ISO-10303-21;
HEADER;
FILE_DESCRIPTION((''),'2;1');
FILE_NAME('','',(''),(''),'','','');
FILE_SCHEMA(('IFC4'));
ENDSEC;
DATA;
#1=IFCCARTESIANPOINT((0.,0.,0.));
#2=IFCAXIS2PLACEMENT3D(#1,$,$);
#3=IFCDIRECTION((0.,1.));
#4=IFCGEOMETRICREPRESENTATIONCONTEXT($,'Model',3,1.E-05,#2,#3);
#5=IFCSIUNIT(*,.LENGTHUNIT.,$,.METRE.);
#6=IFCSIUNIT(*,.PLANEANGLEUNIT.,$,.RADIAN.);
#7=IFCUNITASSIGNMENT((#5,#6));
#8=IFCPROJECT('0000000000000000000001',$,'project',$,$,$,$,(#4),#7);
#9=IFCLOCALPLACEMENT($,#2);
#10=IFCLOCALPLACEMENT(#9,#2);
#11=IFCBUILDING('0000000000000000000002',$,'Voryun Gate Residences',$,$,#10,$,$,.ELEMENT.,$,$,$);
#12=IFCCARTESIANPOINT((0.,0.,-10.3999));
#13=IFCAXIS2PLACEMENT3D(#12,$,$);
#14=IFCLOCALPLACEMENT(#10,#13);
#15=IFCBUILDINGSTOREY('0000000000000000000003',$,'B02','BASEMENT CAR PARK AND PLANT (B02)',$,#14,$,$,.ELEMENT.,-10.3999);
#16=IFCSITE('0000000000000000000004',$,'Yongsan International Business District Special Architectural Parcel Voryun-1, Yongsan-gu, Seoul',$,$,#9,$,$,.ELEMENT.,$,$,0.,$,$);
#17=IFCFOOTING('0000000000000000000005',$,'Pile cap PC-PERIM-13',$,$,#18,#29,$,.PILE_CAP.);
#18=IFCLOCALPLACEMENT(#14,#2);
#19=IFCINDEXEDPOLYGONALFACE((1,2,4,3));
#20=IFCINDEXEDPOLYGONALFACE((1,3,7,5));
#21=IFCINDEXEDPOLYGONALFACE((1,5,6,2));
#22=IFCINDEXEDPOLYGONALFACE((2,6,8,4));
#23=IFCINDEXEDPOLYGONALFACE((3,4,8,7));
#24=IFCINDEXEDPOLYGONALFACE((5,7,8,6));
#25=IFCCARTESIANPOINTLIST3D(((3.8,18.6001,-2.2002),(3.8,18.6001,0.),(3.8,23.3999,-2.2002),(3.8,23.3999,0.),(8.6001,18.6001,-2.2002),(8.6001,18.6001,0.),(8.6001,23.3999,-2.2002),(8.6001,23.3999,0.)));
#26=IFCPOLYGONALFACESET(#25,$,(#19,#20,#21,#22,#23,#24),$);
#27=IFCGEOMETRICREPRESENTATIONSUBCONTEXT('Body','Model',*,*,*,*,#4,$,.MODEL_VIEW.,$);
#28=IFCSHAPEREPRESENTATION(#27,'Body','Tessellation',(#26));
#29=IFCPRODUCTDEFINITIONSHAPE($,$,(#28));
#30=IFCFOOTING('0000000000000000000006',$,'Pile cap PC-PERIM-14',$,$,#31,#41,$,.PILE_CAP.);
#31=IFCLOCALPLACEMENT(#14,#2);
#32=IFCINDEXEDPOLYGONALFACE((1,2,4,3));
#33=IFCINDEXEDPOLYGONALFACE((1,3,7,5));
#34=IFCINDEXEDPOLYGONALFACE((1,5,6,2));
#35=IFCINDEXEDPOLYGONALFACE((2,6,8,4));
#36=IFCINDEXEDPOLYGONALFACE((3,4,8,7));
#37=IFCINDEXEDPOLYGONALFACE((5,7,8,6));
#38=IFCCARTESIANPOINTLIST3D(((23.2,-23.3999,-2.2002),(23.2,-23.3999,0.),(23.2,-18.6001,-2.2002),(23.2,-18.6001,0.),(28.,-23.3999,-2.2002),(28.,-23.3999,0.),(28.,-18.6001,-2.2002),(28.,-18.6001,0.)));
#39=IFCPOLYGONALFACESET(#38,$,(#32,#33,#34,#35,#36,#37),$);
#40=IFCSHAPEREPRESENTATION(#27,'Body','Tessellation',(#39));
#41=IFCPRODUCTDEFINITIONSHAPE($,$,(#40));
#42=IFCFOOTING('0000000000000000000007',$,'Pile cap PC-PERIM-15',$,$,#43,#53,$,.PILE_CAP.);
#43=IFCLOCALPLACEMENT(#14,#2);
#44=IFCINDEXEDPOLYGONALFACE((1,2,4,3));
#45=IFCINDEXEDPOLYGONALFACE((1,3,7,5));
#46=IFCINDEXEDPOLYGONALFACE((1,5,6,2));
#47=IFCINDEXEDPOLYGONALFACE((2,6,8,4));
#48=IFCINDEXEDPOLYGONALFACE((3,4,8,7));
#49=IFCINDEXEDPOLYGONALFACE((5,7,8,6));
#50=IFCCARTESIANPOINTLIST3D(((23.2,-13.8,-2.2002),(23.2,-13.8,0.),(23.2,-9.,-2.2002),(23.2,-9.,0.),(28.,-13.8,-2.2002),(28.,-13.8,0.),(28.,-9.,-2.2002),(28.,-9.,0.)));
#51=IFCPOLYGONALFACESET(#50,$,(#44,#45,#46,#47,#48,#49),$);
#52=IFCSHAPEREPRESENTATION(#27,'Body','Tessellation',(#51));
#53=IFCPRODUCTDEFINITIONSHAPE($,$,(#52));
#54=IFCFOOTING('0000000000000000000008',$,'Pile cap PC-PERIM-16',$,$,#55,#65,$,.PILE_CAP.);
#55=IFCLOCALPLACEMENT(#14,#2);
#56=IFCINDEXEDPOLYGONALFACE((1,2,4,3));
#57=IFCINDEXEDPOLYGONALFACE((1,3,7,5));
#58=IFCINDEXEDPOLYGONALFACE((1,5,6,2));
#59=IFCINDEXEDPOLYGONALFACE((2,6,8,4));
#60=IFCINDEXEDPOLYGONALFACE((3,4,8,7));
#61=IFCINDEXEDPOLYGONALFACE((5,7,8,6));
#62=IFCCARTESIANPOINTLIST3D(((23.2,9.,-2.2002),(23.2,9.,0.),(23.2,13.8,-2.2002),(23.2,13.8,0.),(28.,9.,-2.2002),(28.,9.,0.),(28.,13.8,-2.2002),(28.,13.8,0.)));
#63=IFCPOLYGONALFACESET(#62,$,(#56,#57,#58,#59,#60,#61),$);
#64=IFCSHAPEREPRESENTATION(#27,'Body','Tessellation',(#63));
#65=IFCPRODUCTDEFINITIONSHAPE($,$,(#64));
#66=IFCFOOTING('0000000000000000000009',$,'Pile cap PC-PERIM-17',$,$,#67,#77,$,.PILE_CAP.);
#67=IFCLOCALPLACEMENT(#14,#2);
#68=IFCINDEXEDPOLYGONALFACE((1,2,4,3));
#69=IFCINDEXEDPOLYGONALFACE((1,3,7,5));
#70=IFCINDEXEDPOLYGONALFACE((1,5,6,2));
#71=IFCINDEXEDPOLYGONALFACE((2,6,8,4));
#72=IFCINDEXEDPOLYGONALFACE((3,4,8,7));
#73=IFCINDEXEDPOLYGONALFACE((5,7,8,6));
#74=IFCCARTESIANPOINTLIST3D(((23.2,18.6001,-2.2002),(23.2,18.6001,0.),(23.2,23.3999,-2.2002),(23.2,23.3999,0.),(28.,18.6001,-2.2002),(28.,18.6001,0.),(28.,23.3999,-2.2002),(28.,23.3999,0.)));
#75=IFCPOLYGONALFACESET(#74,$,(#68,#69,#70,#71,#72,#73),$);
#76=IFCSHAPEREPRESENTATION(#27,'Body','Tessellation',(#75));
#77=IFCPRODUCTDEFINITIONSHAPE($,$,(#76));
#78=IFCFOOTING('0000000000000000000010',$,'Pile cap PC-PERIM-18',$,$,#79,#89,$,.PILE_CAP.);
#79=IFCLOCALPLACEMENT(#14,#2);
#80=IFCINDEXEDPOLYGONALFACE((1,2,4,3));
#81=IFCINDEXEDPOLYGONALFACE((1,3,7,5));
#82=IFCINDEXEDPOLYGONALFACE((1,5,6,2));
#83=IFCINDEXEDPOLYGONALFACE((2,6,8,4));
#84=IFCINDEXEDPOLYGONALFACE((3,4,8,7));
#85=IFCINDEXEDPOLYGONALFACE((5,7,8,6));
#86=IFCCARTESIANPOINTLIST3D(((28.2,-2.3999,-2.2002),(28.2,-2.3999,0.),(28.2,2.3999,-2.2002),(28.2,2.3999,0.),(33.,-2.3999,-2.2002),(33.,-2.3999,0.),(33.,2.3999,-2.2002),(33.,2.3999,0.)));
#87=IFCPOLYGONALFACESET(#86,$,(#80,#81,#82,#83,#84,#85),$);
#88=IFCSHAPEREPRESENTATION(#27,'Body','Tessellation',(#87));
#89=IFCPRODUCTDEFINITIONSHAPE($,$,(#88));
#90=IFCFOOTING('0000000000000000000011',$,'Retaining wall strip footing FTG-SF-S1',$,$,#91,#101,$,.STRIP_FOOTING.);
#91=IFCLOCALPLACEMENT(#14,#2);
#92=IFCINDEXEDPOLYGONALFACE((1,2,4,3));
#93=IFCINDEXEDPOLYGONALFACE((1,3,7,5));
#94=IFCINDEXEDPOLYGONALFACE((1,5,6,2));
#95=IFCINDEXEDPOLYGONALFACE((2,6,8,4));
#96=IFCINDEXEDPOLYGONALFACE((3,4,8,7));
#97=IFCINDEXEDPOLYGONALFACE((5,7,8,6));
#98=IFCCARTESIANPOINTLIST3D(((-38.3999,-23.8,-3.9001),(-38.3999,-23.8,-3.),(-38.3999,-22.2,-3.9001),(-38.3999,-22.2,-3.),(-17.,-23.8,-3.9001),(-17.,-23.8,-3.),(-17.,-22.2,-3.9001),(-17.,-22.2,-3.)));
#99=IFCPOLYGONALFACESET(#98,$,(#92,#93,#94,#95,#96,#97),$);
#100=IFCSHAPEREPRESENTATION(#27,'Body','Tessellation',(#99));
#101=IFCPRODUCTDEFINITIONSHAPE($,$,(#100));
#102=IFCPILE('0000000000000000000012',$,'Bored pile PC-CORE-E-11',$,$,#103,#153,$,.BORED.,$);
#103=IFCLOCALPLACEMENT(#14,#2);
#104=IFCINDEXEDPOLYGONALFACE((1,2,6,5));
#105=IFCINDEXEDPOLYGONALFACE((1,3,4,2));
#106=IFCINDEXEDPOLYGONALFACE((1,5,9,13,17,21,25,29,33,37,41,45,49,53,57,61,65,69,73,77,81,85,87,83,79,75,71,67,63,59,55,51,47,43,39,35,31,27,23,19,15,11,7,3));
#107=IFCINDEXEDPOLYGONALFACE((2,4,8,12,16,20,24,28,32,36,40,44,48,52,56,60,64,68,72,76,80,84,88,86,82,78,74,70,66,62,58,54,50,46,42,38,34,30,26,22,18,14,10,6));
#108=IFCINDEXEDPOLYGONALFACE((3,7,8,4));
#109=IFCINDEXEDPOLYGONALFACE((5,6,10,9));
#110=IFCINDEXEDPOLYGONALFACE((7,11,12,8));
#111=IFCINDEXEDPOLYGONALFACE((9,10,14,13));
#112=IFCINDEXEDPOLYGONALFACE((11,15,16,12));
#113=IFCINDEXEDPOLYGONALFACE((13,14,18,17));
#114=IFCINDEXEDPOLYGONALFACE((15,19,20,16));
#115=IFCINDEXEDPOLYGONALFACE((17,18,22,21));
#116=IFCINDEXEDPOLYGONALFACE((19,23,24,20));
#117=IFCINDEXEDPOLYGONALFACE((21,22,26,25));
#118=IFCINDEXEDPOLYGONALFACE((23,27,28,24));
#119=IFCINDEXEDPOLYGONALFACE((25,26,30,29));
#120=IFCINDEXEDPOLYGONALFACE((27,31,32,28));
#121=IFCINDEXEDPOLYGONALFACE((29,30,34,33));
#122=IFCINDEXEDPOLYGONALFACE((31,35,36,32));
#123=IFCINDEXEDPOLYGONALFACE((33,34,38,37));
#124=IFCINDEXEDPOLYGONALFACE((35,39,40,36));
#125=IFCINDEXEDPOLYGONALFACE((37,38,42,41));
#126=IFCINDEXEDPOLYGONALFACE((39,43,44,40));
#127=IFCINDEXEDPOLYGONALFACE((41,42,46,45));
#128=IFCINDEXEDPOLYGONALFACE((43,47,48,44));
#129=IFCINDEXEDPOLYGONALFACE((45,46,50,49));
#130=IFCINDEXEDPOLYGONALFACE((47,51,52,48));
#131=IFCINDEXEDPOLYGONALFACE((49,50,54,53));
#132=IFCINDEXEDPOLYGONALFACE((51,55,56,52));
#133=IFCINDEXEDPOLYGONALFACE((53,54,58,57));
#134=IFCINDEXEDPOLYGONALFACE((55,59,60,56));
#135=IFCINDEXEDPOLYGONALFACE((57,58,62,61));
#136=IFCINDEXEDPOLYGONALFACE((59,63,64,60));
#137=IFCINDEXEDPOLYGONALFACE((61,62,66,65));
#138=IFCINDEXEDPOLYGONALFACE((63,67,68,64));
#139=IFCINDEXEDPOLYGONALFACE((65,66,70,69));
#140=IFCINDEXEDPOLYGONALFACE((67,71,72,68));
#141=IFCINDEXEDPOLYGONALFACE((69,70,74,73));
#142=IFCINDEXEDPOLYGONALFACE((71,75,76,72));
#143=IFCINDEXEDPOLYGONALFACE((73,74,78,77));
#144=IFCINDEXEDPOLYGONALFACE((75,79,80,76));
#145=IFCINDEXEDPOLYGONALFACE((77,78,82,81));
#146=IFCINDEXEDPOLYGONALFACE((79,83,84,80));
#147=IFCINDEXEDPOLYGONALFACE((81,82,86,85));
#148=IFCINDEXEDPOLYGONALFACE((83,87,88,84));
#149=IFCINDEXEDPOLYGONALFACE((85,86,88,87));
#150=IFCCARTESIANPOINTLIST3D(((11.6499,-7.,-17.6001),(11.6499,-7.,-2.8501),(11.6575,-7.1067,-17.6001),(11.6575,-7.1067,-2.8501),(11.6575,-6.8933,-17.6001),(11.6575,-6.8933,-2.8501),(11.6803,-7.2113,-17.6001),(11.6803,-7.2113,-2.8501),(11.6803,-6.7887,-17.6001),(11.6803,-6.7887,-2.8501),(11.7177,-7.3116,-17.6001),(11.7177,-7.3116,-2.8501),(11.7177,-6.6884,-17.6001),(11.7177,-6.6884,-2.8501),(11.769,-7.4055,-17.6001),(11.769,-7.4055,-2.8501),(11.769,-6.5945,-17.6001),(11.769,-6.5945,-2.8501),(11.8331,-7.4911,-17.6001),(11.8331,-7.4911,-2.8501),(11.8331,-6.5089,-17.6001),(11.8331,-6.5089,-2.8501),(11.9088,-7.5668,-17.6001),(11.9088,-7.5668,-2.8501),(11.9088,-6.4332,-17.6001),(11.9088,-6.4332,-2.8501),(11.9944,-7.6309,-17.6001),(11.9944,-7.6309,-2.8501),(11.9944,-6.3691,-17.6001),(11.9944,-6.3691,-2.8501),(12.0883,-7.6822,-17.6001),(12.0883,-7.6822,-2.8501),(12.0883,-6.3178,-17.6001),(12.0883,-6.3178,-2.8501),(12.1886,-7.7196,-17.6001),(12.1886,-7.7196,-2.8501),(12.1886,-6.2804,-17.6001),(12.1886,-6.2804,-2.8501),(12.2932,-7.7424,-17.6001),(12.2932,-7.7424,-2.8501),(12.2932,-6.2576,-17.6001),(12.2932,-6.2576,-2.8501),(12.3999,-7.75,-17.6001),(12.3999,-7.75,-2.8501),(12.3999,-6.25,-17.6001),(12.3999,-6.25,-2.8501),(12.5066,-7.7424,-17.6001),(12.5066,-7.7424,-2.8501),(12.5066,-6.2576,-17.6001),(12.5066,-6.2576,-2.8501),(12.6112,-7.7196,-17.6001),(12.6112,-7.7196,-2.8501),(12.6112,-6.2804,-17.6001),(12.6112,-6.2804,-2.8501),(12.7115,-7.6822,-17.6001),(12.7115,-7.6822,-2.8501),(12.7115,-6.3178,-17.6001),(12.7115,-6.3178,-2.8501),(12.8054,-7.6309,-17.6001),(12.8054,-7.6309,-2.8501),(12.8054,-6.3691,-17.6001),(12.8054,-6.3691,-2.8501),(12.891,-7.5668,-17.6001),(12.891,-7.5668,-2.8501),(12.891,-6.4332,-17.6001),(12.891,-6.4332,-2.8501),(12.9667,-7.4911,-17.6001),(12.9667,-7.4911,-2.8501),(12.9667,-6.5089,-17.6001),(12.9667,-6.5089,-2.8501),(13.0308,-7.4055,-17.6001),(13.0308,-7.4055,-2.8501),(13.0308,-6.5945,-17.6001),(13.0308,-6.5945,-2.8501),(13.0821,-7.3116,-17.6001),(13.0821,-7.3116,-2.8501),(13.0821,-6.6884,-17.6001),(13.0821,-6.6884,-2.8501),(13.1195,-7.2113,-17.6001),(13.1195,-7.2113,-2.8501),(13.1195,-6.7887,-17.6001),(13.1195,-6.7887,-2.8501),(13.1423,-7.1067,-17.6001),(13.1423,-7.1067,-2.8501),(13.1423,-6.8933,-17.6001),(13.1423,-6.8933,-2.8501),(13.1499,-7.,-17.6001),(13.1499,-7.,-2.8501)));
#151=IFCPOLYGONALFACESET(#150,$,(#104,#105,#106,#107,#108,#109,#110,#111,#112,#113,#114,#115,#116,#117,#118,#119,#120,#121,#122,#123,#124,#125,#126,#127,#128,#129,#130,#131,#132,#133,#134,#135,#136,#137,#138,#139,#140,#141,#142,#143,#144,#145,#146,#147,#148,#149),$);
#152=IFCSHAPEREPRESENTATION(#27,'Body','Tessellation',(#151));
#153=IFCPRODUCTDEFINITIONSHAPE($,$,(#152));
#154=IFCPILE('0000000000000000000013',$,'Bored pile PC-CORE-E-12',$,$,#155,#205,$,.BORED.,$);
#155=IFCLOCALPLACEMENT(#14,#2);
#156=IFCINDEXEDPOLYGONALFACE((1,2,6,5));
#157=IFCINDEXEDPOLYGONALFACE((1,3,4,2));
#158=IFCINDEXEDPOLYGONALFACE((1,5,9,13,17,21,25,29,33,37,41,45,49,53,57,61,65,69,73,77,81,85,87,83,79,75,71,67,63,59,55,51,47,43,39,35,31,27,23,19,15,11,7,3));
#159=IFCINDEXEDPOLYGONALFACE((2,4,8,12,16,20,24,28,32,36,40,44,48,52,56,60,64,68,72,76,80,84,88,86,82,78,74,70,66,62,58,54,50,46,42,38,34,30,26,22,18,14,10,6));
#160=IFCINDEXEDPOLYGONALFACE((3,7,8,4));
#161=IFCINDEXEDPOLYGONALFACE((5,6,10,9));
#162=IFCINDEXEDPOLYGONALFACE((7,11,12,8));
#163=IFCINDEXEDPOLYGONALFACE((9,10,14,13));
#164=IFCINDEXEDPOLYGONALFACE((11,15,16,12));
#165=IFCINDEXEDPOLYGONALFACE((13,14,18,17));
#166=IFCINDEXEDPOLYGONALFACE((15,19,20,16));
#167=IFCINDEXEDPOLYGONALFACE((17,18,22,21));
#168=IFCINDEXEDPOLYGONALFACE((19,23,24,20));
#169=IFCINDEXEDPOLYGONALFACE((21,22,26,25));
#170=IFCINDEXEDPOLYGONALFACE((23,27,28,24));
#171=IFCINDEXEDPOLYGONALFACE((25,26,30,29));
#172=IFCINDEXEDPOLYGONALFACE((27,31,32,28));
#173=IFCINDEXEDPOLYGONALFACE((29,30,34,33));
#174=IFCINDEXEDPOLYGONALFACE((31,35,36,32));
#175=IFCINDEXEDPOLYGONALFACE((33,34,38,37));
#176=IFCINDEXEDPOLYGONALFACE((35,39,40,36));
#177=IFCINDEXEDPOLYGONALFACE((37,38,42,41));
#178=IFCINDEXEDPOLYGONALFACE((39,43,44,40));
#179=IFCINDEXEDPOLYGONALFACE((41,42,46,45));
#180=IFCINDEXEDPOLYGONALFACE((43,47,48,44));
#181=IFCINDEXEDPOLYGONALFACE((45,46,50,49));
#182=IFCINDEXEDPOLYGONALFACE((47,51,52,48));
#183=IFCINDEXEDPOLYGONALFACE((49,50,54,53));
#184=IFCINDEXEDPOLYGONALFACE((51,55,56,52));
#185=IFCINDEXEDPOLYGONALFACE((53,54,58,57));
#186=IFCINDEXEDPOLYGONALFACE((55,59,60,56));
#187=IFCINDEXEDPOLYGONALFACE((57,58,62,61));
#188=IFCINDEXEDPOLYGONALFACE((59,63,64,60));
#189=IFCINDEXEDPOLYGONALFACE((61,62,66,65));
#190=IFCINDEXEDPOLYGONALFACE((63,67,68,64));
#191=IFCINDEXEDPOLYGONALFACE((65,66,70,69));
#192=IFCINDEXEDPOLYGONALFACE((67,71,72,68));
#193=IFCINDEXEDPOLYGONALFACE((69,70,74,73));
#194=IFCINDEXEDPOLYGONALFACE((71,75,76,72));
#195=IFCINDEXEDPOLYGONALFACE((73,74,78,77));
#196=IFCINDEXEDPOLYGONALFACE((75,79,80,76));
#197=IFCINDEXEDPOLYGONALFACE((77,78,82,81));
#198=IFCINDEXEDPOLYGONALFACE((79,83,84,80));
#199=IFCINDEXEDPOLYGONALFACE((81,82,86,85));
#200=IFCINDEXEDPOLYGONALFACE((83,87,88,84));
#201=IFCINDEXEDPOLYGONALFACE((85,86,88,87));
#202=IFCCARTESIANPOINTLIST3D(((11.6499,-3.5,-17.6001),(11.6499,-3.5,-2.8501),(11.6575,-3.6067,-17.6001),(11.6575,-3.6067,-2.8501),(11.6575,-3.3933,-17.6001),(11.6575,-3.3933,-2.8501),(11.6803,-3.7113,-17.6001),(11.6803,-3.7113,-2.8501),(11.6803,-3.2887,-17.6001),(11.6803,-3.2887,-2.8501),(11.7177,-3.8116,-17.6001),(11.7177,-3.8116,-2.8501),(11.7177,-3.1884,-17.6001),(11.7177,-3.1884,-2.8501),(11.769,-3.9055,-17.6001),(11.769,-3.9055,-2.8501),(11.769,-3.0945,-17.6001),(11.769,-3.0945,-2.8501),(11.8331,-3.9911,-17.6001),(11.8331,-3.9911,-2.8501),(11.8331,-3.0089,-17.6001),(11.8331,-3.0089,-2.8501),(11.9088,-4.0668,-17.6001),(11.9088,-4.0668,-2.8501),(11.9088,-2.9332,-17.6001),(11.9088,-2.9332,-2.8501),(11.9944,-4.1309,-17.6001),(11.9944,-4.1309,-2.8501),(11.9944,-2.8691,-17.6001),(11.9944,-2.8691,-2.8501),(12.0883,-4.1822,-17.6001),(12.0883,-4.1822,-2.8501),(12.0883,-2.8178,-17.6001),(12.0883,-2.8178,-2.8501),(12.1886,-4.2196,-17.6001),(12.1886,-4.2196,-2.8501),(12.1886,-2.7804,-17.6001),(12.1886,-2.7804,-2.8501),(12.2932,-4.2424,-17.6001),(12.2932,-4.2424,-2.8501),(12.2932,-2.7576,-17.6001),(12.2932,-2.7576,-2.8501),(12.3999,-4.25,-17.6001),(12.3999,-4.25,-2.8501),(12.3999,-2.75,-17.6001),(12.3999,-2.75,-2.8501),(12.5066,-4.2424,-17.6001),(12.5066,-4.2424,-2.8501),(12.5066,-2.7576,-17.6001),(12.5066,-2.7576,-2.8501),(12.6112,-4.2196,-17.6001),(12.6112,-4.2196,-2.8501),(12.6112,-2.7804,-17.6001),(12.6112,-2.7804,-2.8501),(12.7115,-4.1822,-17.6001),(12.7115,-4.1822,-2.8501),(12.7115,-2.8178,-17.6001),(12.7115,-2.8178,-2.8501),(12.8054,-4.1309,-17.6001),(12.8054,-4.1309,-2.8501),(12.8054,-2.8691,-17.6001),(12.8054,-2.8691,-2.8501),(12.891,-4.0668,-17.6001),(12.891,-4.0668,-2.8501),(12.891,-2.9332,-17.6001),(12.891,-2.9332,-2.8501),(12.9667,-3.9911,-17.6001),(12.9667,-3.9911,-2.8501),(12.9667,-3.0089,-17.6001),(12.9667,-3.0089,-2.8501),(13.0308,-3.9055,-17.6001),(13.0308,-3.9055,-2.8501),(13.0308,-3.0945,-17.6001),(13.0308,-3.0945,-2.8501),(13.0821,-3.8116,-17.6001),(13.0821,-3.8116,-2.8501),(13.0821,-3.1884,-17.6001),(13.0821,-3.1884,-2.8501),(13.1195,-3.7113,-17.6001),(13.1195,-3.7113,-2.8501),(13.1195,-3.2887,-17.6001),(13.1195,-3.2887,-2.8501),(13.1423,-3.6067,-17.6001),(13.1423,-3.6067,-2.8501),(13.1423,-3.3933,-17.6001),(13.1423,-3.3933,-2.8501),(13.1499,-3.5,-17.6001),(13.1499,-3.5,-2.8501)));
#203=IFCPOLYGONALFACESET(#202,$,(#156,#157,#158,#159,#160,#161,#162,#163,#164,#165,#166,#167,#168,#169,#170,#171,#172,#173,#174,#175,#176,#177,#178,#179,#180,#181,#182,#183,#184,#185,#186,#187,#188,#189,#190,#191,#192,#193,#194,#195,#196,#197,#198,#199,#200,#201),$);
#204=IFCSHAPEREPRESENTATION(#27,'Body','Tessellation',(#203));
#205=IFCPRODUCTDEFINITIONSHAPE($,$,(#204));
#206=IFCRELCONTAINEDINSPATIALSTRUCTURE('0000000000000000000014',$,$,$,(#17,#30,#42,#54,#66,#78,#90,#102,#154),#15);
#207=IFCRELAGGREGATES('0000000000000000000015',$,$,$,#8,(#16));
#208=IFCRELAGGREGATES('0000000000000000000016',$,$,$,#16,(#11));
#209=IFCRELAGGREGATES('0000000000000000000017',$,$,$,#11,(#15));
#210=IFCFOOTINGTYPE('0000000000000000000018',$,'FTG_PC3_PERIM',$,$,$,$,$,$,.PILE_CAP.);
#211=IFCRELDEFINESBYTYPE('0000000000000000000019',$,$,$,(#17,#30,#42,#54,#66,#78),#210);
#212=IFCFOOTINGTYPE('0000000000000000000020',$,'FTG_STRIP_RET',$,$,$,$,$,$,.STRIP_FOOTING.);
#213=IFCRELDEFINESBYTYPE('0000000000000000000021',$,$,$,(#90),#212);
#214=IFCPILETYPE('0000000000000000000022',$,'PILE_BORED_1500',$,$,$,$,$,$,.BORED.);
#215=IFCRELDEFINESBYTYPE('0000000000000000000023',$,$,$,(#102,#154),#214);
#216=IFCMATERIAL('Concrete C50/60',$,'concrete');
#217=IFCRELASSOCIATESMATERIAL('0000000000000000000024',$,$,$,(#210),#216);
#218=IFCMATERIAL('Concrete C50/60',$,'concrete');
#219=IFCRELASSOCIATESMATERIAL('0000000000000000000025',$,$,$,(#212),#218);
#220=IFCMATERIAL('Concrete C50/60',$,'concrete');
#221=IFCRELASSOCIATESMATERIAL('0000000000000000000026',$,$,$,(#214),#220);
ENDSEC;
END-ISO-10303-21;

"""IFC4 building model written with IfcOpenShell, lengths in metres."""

from ifc_helpers import new_model, si_unit, direction, frame, origin, origin_2d, place, context, subcontext, project, spatial, polyline, circle, outline, extrude, material, material_profile, profile_set, type_object, element, save


model = new_model("IFC4")

# Units and contexts
model_context = context("Model", 3, precision=1e-05, world=origin(), true_north=direction((0.0, 1.0)))
body_context = subcontext(model_context, "Body", "Model", "MODEL_VIEW")
ifc_project = project(units=[si_unit("LENGTHUNIT", "METRE"), si_unit("PLANEANGLEUNIT", "RADIAN")], contexts=[model_context])

# Site, building, storey
site_placement = place(None, origin())
site = spatial("IfcSite", under=ifc_project, at=site_placement, Name="Yongsan International Business District Special Architectural Parcel Voryun-1, Yongsan-gu, Seoul", CompositionType="ELEMENT", RefElevation=0.0)
building_placement = place(site_placement, origin())
building = spatial("IfcBuilding", under=site, at=building_placement, Name="Voryun Gate Residences", CompositionType="ELEMENT")
storey_placement = place(building_placement, frame((0.0, 0.0, -10.3999)))
storey = spatial("IfcBuildingStorey", under=building, at=storey_placement, Name="B02", Description="BASEMENT CAR PARK AND PLANT (B02)", CompositionType="ELEMENT", Elevation=-10.3999)

# Footings
ifc_material_1 = material(Name="Concrete C50/60", Category="concrete")
footing_type_1 = type_object("IfcFootingType", Name="FTG_PC3_PERIM", PredefinedType="PILE_CAP", material=ifc_material_1)
footing_1_placement = place(storey_placement, frame((0.0, 0.0, -2.2002)))
element("IfcFooting", 1, at=footing_1_placement, inside=storey, type_object=footing_type_1, Name="Pile cap PC-PERIM-13", PredefinedType="PILE_CAP", context=body_context, shape_type="SweptSolid", body=[
    extrude(outline(polyline([(3.8, 18.6001), (8.6001, 18.6001), (8.6001, 23.3999), (3.8, 23.3999), (3.8, 18.6001)])), origin(), (0.0, 0.0, 1.0), 2.2002),
])
footing_2_placement = place(storey_placement, frame((0.0, 0.0, -2.2002)))
element("IfcFooting", 2, at=footing_2_placement, inside=storey, type_object=footing_type_1, Name="Pile cap PC-PERIM-14", PredefinedType="PILE_CAP", context=body_context, shape_type="SweptSolid", body=[
    extrude(outline(polyline([(23.2, -23.3999), (28.0, -23.3999), (28.0, -18.6001), (23.2, -18.6001), (23.2, -23.3999)])), origin(), (0.0, 0.0, 1.0), 2.2002),
])
footing_3_placement = place(storey_placement, frame((0.0, 0.0, -2.2002)))
element("IfcFooting", 3, at=footing_3_placement, inside=storey, type_object=footing_type_1, Name="Pile cap PC-PERIM-15", PredefinedType="PILE_CAP", context=body_context, shape_type="SweptSolid", body=[
    extrude(outline(polyline([(23.2, -13.8), (28.0, -13.8), (28.0, -9.0), (23.2, -9.0), (23.2, -13.8)])), origin(), (0.0, 0.0, 1.0), 2.2002),
])
footing_4_placement = place(storey_placement, frame((0.0, 0.0, -2.2002)))
element("IfcFooting", 4, at=footing_4_placement, inside=storey, type_object=footing_type_1, Name="Pile cap PC-PERIM-16", PredefinedType="PILE_CAP", context=body_context, shape_type="SweptSolid", body=[
    extrude(outline(polyline([(23.2, 9.0), (28.0, 9.0), (28.0, 13.8), (23.2, 13.8), (23.2, 9.0)])), origin(), (0.0, 0.0, 1.0), 2.2002),
])
footing_5_placement = place(storey_placement, frame((0.0, 0.0, -2.2002)))
element("IfcFooting", 5, at=footing_5_placement, inside=storey, type_object=footing_type_1, Name="Pile cap PC-PERIM-17", PredefinedType="PILE_CAP", context=body_context, shape_type="SweptSolid", body=[
    extrude(outline(polyline([(23.2, 18.6001), (28.0, 18.6001), (28.0, 23.3999), (23.2, 23.3999), (23.2, 18.6001)])), origin(), (0.0, 0.0, 1.0), 2.2002),
])
footing_6_placement = place(storey_placement, frame((0.0, 0.0, -2.2002)))
element("IfcFooting", 6, at=footing_6_placement, inside=storey, type_object=footing_type_1, Name="Pile cap PC-PERIM-18", PredefinedType="PILE_CAP", context=body_context, shape_type="SweptSolid", body=[
    extrude(outline(polyline([(28.2, -2.3999), (33.0, -2.3999), (33.0, 2.3999), (28.2, 2.3999), (28.2, -2.3999)])), origin(), (0.0, 0.0, 1.0), 2.2002),
])
ifc_material_2 = material(Name="Concrete C50/60", Category="concrete")
footing_type_2 = type_object("IfcFootingType", Name="FTG_STRIP_RET", PredefinedType="STRIP_FOOTING", material=ifc_material_2)
footing_7_placement = place(storey_placement, frame((0.0, 0.0, -3.9001)))
element("IfcFooting", 7, at=footing_7_placement, inside=storey, type_object=footing_type_2, Name="Retaining wall strip footing FTG-SF-S1", PredefinedType="STRIP_FOOTING", context=body_context, shape_type="SweptSolid", body=[
    extrude(outline(polyline([(-38.3999, -23.8), (-17.0, -23.8), (-17.0, -22.2), (-38.3999, -22.2), (-38.3999, -23.8)])), origin(), (0.0, 0.0, 1.0), 0.9001),
])

# Piles
ifc_material_3 = material(Name="Concrete C50/60", Category="concrete")
ifc_material_profile_1 = material_profile(ifc_material_3, circle(Radius=0.75, at=origin_2d()), Name="PILE-D1500")
ifc_profile_set_1 = profile_set([ifc_material_profile_1], Name="Concrete C50/60")
pile_type = type_object("IfcPileType", Name="PILE_BORED_1500", PredefinedType="BORED", material=ifc_profile_set_1)
for number, where, z_axis, x_axis, name in (
    (8, (12.3999, -7.0, -2.8501), (0.0, 0.0, -1.0), (1.0, 0.0, 0.0), "Bored pile PC-CORE-E-11"),
    (9, (12.3999, -3.5, -2.8501), (0.0, 0.0, -1.0), (1.0, 0.0, 0.0), "Bored pile PC-CORE-E-12"),
):
    element("IfcPile", number, at=place(storey_placement, frame(where, z_axis=z_axis, x_axis=x_axis)), inside=storey, type_object=pile_type, Name=name, PredefinedType="BORED", context=body_context, shape_type="SweptSolid", body=[
        extrude(circle(Radius=0.75, at=origin_2d()), origin(), (0.0, 0.0, 1.0), 14.75),
    ])

save(model, "model.ifc")
